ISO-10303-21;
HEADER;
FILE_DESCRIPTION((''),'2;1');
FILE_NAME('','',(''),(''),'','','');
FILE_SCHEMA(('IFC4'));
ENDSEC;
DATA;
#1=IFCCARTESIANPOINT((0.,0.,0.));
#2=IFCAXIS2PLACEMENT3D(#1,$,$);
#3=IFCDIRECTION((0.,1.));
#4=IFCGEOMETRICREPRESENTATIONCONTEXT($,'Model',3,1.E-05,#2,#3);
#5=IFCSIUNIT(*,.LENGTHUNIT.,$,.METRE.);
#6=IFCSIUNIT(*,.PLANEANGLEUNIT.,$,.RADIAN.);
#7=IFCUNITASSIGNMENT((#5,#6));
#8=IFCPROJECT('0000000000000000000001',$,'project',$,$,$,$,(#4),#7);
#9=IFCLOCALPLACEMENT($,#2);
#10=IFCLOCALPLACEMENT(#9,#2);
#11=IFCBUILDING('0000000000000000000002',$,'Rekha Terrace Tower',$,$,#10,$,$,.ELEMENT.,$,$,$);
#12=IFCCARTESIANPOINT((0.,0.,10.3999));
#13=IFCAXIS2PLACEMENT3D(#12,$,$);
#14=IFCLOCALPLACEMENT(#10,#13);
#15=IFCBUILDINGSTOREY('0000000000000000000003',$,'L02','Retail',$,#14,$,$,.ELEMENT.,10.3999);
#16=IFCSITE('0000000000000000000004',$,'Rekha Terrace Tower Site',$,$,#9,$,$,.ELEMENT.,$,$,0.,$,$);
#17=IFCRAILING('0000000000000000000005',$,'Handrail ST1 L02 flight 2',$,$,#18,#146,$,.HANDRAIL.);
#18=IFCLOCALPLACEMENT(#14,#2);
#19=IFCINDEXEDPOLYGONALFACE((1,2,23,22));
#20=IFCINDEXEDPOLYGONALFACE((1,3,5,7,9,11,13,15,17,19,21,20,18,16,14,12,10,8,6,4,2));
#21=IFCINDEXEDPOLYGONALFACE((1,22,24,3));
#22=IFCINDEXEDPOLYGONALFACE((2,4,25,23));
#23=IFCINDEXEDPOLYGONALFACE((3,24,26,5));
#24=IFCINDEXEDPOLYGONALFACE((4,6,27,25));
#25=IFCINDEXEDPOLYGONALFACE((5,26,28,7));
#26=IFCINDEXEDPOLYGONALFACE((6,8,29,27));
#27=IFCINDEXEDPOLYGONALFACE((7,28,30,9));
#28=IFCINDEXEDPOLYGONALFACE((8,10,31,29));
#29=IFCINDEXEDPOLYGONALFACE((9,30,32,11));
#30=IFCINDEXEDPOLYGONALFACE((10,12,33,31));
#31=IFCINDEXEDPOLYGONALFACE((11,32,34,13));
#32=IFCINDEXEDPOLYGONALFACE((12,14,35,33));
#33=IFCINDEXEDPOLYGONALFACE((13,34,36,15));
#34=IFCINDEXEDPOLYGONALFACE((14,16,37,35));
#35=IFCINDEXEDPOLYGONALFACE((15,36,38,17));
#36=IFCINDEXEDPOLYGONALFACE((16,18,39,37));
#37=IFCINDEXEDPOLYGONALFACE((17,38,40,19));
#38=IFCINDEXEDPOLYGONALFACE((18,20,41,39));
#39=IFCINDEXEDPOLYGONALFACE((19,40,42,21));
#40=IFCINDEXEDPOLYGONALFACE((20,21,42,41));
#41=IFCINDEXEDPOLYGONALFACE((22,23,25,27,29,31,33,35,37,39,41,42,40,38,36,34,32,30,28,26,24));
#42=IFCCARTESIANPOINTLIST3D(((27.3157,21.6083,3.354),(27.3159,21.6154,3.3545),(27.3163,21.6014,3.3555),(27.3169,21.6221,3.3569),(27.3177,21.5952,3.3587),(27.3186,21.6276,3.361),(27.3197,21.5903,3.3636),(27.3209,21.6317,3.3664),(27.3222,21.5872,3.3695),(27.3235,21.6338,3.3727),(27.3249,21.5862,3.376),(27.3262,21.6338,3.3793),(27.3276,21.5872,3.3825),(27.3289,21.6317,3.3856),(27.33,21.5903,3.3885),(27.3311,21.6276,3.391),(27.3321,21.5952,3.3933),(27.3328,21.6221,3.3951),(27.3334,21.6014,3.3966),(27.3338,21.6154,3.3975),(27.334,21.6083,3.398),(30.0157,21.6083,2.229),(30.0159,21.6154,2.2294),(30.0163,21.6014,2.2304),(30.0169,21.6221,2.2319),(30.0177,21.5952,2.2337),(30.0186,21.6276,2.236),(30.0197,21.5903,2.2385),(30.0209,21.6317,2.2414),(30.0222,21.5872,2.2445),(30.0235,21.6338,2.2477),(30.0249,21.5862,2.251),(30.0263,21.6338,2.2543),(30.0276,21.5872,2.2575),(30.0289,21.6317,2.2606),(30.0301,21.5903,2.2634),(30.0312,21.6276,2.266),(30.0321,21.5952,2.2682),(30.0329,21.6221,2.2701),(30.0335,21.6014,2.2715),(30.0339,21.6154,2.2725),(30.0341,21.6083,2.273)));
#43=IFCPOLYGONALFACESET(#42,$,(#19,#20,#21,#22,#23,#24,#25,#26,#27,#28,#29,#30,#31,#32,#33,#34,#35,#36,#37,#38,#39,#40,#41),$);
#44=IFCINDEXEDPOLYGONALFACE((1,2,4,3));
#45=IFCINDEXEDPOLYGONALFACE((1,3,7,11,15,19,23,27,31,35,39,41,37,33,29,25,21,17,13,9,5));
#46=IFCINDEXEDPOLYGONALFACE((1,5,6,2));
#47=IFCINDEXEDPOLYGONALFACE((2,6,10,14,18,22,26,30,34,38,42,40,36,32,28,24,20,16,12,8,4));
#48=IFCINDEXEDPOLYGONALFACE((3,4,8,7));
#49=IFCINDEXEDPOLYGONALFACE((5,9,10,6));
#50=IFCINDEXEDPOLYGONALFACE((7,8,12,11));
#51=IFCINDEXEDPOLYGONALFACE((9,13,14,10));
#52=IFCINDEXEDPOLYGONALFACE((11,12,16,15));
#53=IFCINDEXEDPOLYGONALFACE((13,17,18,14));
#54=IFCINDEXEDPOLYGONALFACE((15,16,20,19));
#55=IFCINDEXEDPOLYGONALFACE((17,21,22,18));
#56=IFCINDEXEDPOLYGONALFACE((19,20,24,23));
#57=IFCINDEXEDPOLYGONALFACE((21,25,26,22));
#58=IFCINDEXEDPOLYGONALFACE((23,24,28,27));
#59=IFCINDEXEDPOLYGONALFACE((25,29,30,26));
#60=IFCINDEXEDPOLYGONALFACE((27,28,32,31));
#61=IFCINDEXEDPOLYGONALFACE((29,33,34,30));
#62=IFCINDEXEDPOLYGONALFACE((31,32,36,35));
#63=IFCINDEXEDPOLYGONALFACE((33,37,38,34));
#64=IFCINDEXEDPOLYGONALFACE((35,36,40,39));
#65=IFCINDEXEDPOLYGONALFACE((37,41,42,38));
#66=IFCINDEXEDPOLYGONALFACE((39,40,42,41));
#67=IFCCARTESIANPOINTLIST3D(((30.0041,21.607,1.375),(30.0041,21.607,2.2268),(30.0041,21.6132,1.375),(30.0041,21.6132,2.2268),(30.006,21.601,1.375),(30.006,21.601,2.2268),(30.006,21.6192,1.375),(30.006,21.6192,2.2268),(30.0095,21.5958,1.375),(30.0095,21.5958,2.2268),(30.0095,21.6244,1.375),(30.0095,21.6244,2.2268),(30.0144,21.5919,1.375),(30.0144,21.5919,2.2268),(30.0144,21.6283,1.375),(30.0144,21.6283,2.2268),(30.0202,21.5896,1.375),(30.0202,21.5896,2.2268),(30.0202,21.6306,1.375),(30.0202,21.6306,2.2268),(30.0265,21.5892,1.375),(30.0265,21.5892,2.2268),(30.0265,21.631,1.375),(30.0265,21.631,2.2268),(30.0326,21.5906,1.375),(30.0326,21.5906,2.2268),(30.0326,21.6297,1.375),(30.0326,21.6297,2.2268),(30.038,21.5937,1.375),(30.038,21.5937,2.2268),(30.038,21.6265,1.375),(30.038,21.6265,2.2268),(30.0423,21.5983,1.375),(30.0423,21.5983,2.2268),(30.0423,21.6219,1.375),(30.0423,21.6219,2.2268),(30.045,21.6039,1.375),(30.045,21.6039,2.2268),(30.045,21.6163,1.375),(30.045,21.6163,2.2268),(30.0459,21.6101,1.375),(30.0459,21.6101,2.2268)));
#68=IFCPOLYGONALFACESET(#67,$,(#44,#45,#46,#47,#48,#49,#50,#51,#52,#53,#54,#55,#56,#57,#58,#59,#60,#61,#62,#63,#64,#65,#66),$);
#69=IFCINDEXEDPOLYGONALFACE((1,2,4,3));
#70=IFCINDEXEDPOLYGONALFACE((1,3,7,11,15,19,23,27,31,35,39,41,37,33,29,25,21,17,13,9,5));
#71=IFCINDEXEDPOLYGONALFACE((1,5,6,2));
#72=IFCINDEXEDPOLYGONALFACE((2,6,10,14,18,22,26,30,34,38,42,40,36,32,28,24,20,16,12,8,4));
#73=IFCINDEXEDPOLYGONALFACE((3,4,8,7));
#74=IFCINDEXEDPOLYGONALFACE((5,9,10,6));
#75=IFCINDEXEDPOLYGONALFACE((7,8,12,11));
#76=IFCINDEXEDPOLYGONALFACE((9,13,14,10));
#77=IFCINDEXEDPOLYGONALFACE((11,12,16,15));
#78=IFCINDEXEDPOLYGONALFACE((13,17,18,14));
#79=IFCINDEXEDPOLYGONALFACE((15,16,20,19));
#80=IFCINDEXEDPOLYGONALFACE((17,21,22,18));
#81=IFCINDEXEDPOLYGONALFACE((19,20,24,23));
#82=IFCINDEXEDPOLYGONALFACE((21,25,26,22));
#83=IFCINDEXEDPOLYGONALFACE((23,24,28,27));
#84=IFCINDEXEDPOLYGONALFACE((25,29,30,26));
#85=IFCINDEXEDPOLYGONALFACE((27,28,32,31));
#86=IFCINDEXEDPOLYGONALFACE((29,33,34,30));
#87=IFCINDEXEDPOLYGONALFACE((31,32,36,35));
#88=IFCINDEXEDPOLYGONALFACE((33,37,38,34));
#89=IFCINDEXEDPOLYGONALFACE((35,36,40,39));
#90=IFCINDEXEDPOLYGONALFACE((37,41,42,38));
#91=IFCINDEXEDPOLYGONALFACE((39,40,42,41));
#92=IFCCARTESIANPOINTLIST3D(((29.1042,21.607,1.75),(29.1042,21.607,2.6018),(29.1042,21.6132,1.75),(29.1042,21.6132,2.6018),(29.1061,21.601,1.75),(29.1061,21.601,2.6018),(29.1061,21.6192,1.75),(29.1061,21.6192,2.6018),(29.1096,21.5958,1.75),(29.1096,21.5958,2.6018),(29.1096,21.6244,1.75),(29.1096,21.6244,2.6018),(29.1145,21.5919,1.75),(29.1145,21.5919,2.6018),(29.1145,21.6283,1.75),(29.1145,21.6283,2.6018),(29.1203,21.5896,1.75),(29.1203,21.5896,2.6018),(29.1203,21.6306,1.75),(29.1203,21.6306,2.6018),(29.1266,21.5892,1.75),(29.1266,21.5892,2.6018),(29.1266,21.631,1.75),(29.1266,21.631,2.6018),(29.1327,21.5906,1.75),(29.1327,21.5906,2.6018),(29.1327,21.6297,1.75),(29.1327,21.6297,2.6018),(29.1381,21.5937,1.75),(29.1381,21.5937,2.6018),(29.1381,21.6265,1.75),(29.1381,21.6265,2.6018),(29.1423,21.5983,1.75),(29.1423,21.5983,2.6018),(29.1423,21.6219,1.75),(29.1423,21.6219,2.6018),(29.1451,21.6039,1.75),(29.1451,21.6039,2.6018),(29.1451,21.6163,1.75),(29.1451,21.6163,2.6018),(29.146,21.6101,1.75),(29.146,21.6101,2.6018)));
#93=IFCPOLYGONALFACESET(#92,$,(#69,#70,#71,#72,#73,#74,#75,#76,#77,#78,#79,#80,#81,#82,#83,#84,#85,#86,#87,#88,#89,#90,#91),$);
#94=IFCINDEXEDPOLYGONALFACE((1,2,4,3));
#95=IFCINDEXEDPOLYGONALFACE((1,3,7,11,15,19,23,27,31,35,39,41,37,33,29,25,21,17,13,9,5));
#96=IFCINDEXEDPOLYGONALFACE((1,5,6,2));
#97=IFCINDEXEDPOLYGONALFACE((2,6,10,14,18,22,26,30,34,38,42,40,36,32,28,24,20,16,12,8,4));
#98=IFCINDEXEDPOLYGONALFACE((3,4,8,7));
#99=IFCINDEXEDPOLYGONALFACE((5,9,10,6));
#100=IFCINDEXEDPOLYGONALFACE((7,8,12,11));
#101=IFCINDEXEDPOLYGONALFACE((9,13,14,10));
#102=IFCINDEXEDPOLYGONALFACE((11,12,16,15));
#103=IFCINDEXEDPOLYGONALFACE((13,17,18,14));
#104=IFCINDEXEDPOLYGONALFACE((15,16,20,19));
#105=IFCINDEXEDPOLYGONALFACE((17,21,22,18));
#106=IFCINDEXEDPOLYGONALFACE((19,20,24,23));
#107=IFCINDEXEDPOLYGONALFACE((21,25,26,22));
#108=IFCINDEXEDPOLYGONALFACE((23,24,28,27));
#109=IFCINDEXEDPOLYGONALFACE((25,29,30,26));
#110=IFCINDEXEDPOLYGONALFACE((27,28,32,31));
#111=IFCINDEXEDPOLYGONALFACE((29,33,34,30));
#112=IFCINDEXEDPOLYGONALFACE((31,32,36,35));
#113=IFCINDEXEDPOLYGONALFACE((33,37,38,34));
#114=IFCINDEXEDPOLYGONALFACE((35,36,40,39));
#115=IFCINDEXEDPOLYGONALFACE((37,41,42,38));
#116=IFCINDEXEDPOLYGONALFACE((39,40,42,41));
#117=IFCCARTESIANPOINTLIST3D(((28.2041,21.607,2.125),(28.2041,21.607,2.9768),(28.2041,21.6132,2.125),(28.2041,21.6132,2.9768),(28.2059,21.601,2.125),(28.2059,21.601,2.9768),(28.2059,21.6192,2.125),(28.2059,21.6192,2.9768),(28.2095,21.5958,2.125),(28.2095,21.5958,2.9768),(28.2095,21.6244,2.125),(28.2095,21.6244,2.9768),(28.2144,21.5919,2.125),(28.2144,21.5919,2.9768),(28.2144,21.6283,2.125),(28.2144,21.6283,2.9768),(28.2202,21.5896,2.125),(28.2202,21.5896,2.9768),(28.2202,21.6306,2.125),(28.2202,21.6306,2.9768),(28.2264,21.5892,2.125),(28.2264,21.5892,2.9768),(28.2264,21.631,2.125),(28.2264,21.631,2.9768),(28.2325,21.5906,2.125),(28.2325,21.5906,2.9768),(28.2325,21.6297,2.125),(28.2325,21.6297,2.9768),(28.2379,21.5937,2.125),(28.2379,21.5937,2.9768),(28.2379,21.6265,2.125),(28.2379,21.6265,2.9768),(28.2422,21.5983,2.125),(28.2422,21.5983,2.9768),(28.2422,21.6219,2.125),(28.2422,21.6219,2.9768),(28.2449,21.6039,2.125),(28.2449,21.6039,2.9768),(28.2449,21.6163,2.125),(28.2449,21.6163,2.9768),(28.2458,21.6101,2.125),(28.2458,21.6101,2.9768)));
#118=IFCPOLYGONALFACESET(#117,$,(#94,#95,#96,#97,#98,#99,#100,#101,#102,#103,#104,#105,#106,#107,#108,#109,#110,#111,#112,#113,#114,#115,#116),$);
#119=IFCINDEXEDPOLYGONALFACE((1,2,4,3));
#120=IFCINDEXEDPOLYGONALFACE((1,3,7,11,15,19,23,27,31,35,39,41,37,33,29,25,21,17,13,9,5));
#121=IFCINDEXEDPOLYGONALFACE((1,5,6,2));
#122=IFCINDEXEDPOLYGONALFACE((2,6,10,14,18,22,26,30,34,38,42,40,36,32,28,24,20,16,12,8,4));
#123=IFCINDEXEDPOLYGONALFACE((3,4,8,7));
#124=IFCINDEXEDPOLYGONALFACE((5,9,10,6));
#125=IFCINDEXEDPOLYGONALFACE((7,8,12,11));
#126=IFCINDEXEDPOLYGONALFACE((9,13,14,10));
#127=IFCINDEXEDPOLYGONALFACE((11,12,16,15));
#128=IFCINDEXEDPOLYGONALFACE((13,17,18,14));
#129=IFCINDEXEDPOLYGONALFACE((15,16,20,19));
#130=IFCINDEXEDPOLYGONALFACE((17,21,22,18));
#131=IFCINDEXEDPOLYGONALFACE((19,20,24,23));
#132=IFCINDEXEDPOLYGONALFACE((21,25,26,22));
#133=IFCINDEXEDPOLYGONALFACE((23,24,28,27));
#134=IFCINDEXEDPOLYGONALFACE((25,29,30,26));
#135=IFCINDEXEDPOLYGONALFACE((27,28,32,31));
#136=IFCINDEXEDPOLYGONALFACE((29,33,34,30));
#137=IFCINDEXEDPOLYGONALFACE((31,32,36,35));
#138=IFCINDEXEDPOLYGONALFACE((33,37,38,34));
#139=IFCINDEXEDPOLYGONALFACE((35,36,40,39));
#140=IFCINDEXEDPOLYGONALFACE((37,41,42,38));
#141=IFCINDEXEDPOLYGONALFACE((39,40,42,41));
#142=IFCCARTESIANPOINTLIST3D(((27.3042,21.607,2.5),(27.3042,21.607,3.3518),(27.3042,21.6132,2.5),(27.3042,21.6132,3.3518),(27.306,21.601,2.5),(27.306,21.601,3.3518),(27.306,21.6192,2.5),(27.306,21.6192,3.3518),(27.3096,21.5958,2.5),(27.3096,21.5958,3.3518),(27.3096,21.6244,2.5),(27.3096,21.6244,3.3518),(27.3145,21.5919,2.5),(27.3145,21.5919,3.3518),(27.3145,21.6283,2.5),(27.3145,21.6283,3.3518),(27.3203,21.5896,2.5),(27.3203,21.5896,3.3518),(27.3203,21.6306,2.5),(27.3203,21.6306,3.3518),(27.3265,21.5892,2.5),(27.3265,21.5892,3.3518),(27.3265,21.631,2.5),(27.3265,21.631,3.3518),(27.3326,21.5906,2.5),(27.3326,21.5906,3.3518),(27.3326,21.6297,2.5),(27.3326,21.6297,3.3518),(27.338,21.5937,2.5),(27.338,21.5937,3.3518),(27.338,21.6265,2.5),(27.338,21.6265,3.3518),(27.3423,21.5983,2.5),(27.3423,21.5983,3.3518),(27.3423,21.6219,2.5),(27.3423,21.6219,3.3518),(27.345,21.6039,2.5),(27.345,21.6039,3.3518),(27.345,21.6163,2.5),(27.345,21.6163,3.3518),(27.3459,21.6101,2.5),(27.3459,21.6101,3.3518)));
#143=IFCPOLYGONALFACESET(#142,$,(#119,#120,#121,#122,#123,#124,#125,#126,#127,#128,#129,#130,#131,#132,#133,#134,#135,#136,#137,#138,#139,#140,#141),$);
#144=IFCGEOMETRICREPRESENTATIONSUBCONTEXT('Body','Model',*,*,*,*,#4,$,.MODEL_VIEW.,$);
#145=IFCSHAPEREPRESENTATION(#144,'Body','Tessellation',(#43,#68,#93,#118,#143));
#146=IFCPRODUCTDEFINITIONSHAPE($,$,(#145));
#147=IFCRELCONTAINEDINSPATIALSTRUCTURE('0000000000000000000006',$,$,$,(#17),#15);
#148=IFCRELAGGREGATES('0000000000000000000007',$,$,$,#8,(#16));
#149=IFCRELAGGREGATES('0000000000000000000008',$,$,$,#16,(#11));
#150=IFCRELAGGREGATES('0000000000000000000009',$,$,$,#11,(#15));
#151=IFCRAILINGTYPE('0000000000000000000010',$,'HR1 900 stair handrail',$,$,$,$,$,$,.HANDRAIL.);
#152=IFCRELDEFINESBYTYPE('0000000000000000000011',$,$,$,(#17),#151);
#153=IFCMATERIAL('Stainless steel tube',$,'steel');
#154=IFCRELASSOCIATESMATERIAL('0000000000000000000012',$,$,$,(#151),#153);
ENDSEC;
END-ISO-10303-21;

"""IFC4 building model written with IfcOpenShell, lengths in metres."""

from ifc_helpers import new_model, si_unit, direction, frame, origin, origin_2d, place, context, subcontext, project, spatial, circle, extrude, material, type_object, element, save


model = new_model("IFC4")

# Units and contexts
model_context = context("Model", 3, precision=1e-05, world=origin(), true_north=direction((0.0, 1.0)))
body_context = subcontext(model_context, "Body", "Model", "MODEL_VIEW")
ifc_project = project(units=[si_unit("LENGTHUNIT", "METRE"), si_unit("PLANEANGLEUNIT", "RADIAN")], contexts=[model_context])

# Site, building, storey
site_placement = place(None, origin())
site = spatial("IfcSite", under=ifc_project, at=site_placement, Name="Rekha Terrace Tower Site", CompositionType="ELEMENT", RefElevation=0.0)
building_placement = place(site_placement, origin())
building = spatial("IfcBuilding", under=site, at=building_placement, Name="Rekha Terrace Tower", CompositionType="ELEMENT")
storey_placement = place(building_placement, frame((0.0, 0.0, 10.3999)))
storey = spatial("IfcBuildingStorey", under=building, at=storey_placement, Name="L02", Description="Retail", CompositionType="ELEMENT", Elevation=10.3999)

# Railing
ifc_material_1 = material(Name="Stainless steel tube", Category="steel")
railing_type_1 = type_object("IfcRailingType", Name="HR1 900 stair handrail", PredefinedType="HANDRAIL", material=ifc_material_1)
railing_1_placement = place(storey_placement, frame((30.0249, 21.6101, 1.375)))
element("IfcRailing", 1, at=railing_1_placement, inside=storey, type_object=railing_type_1, Name="Handrail ST1 L02 flight 2", PredefinedType="HANDRAIL", context=body_context, shape_type="SweptSolid", body=[
    extrude(circle(Radius=0.0239, at=origin_2d()), frame((0.0, 0.0, 0.876), z_axis=(-0.923074, 0.0, 0.384621), x_axis=(0.0, -1.0, 0.0)), (0.0, 0.0, 1.0), 2.925),
    extrude(circle(Radius=0.021, at=origin_2d()), origin(), (0.0, 0.0, 1.0), 0.8518),
    extrude(circle(Radius=0.021, at=origin_2d()), frame((-0.8999, 0.0, 0.375)), (0.0, 0.0, 1.0), 0.8518),
    extrude(circle(Radius=0.021, at=origin_2d()), frame((-1.8, 0.0, 0.75)), (0.0, 0.0, 1.0), 0.8518),
    extrude(circle(Radius=0.021, at=origin_2d()), frame((-2.7, 0.0, 1.125)), (0.0, 0.0, 1.0), 0.8518),
])

save(model, "model.ifc")
